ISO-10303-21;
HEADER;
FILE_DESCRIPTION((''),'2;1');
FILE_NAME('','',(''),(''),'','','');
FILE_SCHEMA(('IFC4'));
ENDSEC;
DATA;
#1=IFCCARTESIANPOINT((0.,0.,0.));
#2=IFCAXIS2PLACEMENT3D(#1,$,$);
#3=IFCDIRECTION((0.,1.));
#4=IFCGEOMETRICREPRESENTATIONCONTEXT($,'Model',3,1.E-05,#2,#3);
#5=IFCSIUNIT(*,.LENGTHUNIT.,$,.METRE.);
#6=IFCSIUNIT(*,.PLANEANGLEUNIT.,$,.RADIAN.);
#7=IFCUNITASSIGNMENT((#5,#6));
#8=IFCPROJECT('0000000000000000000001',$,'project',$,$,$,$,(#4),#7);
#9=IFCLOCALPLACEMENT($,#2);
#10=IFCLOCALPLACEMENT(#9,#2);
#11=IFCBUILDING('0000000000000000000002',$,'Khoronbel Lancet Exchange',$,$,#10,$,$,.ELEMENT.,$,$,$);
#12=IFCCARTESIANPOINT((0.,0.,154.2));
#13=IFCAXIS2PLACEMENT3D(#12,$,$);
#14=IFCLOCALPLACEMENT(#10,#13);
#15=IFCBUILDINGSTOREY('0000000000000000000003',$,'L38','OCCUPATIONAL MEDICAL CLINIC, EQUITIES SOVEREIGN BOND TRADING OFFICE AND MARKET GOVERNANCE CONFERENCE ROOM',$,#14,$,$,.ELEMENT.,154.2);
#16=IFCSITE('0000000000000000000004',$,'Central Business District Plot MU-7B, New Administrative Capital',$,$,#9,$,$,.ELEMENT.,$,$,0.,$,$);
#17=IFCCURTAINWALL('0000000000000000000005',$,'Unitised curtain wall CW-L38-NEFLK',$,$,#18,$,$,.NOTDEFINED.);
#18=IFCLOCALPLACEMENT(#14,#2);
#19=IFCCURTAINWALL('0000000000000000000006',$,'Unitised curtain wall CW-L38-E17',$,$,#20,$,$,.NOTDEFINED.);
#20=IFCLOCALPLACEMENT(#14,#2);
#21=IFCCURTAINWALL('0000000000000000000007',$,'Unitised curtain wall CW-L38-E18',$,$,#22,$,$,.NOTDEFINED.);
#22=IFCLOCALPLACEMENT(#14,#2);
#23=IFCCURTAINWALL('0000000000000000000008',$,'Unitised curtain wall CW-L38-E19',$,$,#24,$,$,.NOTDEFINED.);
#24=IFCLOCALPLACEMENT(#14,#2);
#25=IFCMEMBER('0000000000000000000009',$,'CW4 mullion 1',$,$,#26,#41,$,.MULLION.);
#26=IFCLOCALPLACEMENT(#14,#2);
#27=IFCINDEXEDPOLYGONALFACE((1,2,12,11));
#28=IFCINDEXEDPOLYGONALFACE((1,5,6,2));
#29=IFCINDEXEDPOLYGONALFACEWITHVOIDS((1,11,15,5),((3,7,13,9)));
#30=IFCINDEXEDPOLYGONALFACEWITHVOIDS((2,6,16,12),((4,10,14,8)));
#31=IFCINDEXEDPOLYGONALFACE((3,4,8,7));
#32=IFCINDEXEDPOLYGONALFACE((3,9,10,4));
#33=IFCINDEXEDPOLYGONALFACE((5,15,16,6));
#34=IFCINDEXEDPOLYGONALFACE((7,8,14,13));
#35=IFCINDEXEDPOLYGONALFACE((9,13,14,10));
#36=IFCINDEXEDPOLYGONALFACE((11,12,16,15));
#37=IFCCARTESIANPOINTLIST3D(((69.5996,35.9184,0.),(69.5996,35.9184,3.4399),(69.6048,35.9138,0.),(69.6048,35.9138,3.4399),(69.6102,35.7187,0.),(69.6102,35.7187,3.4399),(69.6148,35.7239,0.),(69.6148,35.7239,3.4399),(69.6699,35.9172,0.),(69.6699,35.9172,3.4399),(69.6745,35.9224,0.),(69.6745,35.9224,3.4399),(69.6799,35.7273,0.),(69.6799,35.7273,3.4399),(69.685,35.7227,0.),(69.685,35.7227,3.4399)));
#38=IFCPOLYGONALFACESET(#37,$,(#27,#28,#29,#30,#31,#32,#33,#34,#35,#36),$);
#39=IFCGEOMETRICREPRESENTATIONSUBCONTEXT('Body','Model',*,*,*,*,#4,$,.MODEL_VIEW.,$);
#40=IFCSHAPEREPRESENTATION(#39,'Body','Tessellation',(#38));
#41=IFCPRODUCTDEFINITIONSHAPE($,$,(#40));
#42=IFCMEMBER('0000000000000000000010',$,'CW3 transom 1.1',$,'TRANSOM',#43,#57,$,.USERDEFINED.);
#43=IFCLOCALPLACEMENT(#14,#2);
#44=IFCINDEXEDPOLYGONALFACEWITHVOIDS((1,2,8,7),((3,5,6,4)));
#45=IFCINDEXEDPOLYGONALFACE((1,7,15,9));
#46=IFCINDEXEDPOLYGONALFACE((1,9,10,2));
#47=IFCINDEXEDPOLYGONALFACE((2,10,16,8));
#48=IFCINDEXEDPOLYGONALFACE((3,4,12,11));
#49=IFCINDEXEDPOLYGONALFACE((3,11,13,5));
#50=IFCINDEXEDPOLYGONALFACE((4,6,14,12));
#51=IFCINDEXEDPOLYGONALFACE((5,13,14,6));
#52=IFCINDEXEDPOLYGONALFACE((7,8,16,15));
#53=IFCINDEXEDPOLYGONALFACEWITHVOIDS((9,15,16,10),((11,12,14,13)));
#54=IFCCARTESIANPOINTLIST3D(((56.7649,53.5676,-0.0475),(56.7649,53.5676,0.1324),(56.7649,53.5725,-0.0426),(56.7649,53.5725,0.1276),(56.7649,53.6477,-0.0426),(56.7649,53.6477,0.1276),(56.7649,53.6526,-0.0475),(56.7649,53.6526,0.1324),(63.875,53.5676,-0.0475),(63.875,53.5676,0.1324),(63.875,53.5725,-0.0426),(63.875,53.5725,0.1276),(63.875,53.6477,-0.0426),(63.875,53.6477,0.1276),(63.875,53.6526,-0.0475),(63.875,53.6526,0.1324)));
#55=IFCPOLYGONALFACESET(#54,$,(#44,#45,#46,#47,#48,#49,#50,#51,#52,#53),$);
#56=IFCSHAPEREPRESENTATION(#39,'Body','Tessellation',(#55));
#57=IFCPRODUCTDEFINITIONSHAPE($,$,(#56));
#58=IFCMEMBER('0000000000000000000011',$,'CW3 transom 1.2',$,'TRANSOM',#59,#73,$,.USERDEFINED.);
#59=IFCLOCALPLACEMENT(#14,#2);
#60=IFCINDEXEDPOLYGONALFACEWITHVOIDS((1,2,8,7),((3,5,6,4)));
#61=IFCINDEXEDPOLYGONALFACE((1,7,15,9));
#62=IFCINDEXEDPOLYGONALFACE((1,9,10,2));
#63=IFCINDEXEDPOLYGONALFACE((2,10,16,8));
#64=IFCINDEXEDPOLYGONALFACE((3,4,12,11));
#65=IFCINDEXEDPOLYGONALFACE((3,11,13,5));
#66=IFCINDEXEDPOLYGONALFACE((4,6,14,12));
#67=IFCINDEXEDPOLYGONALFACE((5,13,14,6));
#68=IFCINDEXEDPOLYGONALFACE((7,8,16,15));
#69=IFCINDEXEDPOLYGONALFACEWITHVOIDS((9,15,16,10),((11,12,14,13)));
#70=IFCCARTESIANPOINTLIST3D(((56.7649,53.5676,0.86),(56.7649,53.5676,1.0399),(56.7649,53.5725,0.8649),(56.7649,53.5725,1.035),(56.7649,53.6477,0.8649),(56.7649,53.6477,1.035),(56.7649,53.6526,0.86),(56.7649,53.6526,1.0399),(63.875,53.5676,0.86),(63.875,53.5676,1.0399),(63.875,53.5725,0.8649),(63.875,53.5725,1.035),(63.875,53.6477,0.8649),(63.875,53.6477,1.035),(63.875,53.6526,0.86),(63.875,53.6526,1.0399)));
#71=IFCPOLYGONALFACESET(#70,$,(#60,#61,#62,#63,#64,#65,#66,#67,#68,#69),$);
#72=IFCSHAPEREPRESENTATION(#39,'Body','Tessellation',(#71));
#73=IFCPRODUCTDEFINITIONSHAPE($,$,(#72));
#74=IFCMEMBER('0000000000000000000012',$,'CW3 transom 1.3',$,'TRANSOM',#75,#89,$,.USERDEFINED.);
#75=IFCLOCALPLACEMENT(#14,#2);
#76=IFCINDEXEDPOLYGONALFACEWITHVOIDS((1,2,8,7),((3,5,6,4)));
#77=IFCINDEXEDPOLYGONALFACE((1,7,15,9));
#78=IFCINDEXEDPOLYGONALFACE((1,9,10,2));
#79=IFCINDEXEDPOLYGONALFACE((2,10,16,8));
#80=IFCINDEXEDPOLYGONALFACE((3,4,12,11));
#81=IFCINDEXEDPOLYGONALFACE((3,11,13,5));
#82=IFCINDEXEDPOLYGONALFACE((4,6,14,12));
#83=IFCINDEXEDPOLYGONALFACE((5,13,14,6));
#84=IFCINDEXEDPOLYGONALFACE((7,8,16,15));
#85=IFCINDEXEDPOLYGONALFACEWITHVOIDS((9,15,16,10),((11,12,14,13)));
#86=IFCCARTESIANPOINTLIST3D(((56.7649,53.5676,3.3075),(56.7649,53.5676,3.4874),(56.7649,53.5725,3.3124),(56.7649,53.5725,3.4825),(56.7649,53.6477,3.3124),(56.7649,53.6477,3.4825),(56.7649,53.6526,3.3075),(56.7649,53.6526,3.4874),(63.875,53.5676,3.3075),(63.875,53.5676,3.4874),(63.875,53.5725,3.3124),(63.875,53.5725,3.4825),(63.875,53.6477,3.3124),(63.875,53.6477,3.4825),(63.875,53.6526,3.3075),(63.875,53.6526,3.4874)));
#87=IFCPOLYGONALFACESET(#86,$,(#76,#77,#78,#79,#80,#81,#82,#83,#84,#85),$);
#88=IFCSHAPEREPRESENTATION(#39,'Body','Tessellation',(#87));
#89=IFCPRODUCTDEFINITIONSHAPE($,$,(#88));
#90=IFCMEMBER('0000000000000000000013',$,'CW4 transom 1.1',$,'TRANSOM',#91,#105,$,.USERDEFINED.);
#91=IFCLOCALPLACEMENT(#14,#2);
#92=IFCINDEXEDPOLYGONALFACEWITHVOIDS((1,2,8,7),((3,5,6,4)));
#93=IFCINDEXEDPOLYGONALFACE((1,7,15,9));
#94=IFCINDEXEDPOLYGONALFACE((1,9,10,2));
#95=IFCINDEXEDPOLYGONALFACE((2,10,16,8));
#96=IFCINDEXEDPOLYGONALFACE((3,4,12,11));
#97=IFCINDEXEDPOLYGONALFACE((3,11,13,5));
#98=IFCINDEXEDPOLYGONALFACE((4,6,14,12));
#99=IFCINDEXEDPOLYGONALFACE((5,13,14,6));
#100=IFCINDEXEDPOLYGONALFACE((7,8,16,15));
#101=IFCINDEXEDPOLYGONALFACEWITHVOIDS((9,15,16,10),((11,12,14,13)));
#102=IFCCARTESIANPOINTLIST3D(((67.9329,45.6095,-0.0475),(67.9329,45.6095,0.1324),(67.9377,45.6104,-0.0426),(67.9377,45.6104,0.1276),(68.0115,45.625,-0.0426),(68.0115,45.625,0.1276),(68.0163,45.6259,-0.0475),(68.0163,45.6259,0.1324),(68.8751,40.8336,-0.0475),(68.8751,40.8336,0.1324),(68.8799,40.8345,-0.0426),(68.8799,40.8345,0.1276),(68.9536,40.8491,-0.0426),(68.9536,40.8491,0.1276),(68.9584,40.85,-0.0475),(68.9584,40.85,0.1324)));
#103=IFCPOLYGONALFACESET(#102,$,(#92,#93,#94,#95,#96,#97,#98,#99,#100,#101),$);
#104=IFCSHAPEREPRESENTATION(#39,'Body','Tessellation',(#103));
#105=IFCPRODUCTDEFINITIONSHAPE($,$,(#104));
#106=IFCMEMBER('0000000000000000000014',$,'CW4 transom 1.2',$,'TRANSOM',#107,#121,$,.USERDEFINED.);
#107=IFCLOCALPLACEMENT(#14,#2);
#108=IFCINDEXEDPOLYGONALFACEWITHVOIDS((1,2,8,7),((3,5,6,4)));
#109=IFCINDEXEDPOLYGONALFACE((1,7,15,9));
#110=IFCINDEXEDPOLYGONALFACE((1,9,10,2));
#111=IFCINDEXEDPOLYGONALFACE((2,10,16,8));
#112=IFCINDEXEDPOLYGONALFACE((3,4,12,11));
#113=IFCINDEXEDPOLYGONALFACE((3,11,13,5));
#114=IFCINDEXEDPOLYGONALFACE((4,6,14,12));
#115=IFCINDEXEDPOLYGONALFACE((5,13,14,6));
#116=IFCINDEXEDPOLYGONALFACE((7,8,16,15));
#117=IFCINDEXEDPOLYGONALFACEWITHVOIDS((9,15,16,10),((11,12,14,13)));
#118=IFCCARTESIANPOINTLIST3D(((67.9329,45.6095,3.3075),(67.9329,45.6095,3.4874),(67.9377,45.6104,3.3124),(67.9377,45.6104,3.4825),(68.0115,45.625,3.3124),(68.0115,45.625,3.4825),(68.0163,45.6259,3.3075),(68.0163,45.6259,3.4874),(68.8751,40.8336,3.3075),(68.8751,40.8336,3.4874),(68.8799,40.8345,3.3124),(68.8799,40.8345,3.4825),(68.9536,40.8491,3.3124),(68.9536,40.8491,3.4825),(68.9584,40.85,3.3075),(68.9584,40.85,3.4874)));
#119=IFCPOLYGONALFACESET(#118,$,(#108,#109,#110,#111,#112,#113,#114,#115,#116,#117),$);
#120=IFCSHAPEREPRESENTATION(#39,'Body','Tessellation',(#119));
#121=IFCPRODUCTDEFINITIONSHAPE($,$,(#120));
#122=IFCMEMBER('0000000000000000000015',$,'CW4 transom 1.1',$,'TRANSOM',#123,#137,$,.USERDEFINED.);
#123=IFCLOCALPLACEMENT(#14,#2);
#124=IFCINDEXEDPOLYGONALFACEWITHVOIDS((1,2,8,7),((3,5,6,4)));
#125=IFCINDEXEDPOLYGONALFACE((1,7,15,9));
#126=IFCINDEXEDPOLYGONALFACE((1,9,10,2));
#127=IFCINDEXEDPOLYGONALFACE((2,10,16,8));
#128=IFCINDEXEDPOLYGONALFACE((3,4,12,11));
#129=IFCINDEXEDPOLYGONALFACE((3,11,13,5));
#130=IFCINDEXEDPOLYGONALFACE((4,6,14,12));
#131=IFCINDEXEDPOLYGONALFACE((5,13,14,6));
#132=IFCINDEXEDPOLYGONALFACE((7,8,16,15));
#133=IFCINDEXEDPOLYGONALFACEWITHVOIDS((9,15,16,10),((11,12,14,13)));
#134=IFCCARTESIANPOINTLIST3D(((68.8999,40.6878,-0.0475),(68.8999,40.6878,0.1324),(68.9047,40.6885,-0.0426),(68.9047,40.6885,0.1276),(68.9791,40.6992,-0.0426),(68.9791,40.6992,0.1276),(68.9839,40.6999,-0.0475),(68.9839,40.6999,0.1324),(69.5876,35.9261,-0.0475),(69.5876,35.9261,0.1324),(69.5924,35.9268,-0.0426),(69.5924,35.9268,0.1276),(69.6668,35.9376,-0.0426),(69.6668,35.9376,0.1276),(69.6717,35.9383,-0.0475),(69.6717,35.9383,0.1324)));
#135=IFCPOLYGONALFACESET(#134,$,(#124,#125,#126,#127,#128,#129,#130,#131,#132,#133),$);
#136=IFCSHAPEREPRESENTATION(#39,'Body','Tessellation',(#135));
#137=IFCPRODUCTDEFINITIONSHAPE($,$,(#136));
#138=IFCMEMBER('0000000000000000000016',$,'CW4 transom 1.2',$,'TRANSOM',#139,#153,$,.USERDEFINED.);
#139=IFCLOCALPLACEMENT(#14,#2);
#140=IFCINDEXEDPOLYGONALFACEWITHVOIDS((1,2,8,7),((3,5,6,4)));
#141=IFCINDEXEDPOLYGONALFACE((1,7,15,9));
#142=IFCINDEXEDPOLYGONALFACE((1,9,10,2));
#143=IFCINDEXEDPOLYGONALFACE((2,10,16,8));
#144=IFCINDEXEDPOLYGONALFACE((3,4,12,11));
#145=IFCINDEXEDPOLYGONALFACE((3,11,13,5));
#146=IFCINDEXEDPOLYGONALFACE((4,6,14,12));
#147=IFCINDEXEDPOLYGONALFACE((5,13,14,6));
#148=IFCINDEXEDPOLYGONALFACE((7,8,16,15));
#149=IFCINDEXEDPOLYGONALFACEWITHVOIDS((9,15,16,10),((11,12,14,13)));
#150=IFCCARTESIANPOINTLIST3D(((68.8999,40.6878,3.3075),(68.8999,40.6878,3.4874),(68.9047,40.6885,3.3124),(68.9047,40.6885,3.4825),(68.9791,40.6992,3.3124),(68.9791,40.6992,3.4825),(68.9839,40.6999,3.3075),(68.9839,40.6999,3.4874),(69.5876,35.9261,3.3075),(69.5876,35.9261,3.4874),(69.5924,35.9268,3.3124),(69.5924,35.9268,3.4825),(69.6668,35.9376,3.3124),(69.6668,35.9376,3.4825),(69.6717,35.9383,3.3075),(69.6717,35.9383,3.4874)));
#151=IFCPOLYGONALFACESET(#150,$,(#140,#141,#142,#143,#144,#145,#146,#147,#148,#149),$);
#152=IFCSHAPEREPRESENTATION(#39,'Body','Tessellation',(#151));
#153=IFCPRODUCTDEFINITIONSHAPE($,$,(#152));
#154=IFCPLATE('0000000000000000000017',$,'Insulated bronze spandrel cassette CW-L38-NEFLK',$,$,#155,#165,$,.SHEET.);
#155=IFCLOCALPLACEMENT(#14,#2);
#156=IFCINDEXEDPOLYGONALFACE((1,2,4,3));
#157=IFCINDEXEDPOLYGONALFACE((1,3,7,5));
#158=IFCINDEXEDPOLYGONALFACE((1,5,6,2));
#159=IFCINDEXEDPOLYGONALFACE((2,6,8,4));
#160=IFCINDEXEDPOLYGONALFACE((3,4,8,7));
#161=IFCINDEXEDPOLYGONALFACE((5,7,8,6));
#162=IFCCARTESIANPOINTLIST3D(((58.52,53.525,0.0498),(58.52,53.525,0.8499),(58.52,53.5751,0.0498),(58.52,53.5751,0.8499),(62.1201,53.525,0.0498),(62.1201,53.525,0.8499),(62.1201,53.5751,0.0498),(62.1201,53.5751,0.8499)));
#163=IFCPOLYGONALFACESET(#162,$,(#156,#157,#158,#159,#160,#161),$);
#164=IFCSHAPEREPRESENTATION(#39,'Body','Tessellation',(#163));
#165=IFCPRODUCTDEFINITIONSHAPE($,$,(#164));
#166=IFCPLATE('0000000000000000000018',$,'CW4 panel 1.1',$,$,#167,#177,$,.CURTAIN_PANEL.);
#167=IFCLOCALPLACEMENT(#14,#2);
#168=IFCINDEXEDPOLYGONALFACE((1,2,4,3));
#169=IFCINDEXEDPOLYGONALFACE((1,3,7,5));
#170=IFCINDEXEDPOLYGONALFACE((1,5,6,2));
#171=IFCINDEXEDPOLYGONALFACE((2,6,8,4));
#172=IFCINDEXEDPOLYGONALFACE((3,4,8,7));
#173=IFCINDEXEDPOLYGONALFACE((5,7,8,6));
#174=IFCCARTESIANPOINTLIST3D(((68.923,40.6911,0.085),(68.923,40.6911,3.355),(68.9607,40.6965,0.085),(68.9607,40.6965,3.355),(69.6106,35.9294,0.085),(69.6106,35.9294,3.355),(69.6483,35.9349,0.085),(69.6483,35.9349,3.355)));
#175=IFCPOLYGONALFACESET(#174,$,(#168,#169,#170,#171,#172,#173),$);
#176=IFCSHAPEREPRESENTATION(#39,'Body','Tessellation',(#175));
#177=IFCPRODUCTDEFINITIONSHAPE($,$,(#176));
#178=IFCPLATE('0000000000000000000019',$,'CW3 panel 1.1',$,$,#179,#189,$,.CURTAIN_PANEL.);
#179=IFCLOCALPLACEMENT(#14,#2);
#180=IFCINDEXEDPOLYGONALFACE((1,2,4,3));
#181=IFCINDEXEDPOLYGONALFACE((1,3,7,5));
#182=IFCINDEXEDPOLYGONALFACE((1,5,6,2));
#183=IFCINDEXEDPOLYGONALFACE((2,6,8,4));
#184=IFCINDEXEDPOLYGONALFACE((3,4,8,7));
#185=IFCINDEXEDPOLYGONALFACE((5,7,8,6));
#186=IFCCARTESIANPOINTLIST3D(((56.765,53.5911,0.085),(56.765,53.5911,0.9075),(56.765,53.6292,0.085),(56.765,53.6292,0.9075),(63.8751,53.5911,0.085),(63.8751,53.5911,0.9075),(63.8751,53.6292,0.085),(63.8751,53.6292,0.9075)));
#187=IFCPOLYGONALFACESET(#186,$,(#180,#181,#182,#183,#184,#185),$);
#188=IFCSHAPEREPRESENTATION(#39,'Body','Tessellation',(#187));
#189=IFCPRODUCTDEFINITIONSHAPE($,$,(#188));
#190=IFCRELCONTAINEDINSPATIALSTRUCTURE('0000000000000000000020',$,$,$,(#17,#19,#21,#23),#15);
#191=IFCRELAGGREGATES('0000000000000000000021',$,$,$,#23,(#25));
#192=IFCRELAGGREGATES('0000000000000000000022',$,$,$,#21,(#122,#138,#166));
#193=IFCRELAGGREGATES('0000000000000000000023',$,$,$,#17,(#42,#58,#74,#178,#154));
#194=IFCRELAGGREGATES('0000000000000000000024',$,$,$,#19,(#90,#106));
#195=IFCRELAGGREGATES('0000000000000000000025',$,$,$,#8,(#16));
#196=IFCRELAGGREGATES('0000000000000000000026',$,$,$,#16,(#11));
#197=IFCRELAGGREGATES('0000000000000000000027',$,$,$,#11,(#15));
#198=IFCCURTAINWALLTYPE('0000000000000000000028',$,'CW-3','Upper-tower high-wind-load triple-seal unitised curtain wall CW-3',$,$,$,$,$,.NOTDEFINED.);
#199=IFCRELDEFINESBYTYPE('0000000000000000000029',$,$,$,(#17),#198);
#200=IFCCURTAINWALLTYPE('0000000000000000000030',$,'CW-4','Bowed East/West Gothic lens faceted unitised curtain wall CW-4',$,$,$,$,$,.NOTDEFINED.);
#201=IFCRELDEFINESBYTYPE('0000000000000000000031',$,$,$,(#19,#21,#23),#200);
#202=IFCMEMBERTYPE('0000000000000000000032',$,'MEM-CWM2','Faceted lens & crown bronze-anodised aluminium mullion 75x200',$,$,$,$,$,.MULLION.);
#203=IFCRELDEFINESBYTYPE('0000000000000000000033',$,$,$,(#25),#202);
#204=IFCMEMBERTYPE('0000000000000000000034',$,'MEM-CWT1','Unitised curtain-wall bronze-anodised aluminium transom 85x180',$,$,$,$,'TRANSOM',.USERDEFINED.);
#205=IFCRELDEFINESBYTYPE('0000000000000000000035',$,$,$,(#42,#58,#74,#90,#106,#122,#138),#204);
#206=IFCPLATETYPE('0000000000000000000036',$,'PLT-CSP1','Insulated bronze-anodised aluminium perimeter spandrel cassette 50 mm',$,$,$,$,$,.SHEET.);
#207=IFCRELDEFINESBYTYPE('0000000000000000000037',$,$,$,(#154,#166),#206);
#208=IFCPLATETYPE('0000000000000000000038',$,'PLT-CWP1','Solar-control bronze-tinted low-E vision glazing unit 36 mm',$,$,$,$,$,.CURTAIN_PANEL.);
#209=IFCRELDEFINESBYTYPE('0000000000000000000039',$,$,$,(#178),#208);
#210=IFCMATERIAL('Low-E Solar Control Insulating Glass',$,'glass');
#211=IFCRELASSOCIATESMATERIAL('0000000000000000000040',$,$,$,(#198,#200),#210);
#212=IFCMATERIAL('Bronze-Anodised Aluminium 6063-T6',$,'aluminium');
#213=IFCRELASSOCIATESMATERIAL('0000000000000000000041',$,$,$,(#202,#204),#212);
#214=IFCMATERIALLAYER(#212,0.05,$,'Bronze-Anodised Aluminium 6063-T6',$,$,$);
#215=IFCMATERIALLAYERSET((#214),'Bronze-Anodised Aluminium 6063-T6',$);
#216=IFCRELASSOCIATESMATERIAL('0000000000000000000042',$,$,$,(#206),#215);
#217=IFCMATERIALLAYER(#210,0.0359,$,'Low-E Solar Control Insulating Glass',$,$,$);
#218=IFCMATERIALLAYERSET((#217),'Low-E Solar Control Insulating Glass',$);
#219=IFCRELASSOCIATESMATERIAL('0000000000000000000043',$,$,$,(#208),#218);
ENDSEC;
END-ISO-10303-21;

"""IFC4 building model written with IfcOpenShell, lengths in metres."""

from ifc_helpers import new_model, si_unit, direction, frame, origin, origin_2d, place, context, subcontext, project, spatial, rectangle, hollow_rectangle, extrude, material, layer, layer_set, material_profile, profile_set, type_object, element, aggregate, save


model = new_model("IFC4")

# Units and contexts
model_context = context("Model", 3, precision=1e-05, world=origin(), true_north=direction((0.0, 1.0)))
body_context = subcontext(model_context, "Body", "Model", "MODEL_VIEW")
ifc_project = project(units=[si_unit("LENGTHUNIT", "METRE"), si_unit("PLANEANGLEUNIT", "RADIAN")], contexts=[model_context])

# Site, building, storey
site_placement = place(None, origin())
site = spatial("IfcSite", under=ifc_project, at=site_placement, Name="Central Business District Plot MU-7B, New Administrative Capital", CompositionType="ELEMENT", RefElevation=0.0)
building_placement = place(site_placement, origin())
building = spatial("IfcBuilding", under=site, at=building_placement, Name="Khoronbel Lancet Exchange", CompositionType="ELEMENT")
storey_placement = place(building_placement, frame((0.0, 0.0, 154.2)))
storey = spatial("IfcBuildingStorey", under=building, at=storey_placement, Name="L38", Description="OCCUPATIONAL MEDICAL CLINIC, EQUITIES SOVEREIGN BOND TRADING OFFICE AND MARKET GOVERNANCE CONFERENCE ROOM", CompositionType="ELEMENT", Elevation=154.2)

# Curtain wall
ifc_material_1 = material(Name="Low-E Solar Control Insulating Glass", Category="glass")
curtain_wall_type_1 = type_object("IfcCurtainWallType", Name="CW-3", Description="Upper-tower high-wind-load triple-seal unitised curtain wall CW-3", PredefinedType="NOTDEFINED", material=ifc_material_1)
curtain_wall_1_placement = place(storey_placement, origin())
curtain_wall_1 = element("IfcCurtainWall", 1, at=curtain_wall_1_placement, inside=storey, type_object=curtain_wall_type_1, Name="Unitised curtain wall CW-L38-NEFLK", PredefinedType="NOTDEFINED")
ifc_material_2 = material(Name="Bronze-Anodised Aluminium 6063-T6", Category="aluminium")

# Curtain walls
curtain_wall_type_2 = type_object("IfcCurtainWallType", Name="CW-4", Description="Bowed East/West Gothic lens faceted unitised curtain wall CW-4", PredefinedType="NOTDEFINED", material=ifc_material_1)
curtain_wall_2_placement = place(storey_placement, origin())
curtain_wall_2 = element("IfcCurtainWall", 2, at=curtain_wall_2_placement, inside=storey, type_object=curtain_wall_type_2, Name="Unitised curtain wall CW-L38-E17", PredefinedType="NOTDEFINED")
ifc_material_profile_1 = material_profile(ifc_material_2, hollow_rectangle(XDim=0.075, YDim=0.2, WallThickness=0.0049, at=origin_2d()), Name="ALU MULLION 75x200")
ifc_profile_set_1 = profile_set([ifc_material_profile_1], Name="Bronze-Anodised Aluminium 6063-T6")
member_type_1 = type_object("IfcMemberType", Name="MEM-CWM2", Description="Faceted lens & crown bronze-anodised aluminium mullion 75x200", PredefinedType="MULLION", material=ifc_profile_set_1)
curtain_wall_3_placement = place(storey_placement, origin())
curtain_wall_3 = element("IfcCurtainWall", 3, at=curtain_wall_3_placement, inside=storey, type_object=curtain_wall_type_2, Name="Unitised curtain wall CW-L38-E18", PredefinedType="NOTDEFINED")

# Curtain wall, member
curtain_wall_4_placement = place(storey_placement, origin())
curtain_wall_4 = element("IfcCurtainWall", 4, at=curtain_wall_4_placement, inside=storey, type_object=curtain_wall_type_2, Name="Unitised curtain wall CW-L38-E19", PredefinedType="NOTDEFINED")
member_1_placement = place(storey_placement, frame((69.6423, 35.8206, 0.0), z_axis=(0.0, 0.0, 1.0), x_axis=(0.998605, 0.0528, 0.0)))
member_1 = element("IfcMember", 5, at=member_1_placement, type_object=member_type_1, Name="CW4 mullion 1", PredefinedType="MULLION", context=body_context, shape_type="SweptSolid", body=[
    extrude(hollow_rectangle(XDim=0.075, YDim=0.2, WallThickness=0.0049, at=origin_2d()), origin(), (0.0, 0.0, 1.0), 3.4399),
])
aggregate(curtain_wall_4, [member_1])

# Members
ifc_material_profile_2 = material_profile(ifc_material_2, hollow_rectangle(XDim=0.085, YDim=0.1799, WallThickness=0.0049, at=origin_2d()), Name="ALU TRANSOM 85x180")
ifc_profile_set_2 = profile_set([ifc_material_profile_2], Name="Bronze-Anodised Aluminium 6063-T6")
member_type_2 = type_object("IfcMemberType", Name="MEM-CWT1", Description="Unitised curtain-wall bronze-anodised aluminium transom 85x180", ElementType="TRANSOM", PredefinedType="USERDEFINED", material=ifc_profile_set_2)
member_2_placement = place(storey_placement, frame((63.875, 53.6101, 0.0425), z_axis=(-1.0, 0.0, 0.0), x_axis=(0.0, -1.0, 0.0)))
member_2 = element("IfcMember", 6, at=member_2_placement, type_object=member_type_2, Name="CW3 transom 1.1", ObjectType="TRANSOM", PredefinedType="USERDEFINED", context=body_context, shape_type="SweptSolid", body=[
    extrude(hollow_rectangle(XDim=0.085, YDim=0.1799, WallThickness=0.0049, at=origin_2d()), origin(), (0.0, 0.0, 1.0), 7.1101),
])
member_3_placement = place(storey_placement, frame((63.875, 53.6101, 0.95), z_axis=(-1.0, 0.0, 0.0), x_axis=(0.0, -1.0, 0.0)))
member_3 = element("IfcMember", 7, at=member_3_placement, type_object=member_type_2, Name="CW3 transom 1.2", ObjectType="TRANSOM", PredefinedType="USERDEFINED", context=body_context, shape_type="SweptSolid", body=[
    extrude(hollow_rectangle(XDim=0.085, YDim=0.1799, WallThickness=0.0049, at=origin_2d()), origin(), (0.0, 0.0, 1.0), 7.1101),
])
member_4_placement = place(storey_placement, frame((63.875, 53.6101, 3.3975), z_axis=(-1.0, 0.0, 0.0), x_axis=(0.0, -1.0, 0.0)))
member_4 = element("IfcMember", 8, at=member_4_placement, type_object=member_type_2, Name="CW3 transom 1.3", ObjectType="TRANSOM", PredefinedType="USERDEFINED", context=body_context, shape_type="SweptSolid", body=[
    extrude(hollow_rectangle(XDim=0.085, YDim=0.1799, WallThickness=0.0049, at=origin_2d()), origin(), (0.0, 0.0, 1.0), 7.1101),
])
member_5_placement = place(storey_placement, frame((67.9746, 45.6177, 0.0425), z_axis=(0.19354, -0.981092, 0.0), x_axis=(0.981092, 0.19354, 0.0)))
member_5 = element("IfcMember", 9, at=member_5_placement, type_object=member_type_2, Name="CW4 transom 1.1", ObjectType="TRANSOM", PredefinedType="USERDEFINED", context=body_context, shape_type="SweptSolid", body=[
    extrude(hollow_rectangle(XDim=0.085, YDim=0.1799, WallThickness=0.0049, at=origin_2d()), origin(), (0.0, 0.0, 1.0), 4.8679),
])
member_6_placement = place(storey_placement, frame((67.9746, 45.6177, 3.3975), z_axis=(0.19354, -0.981092, 0.0), x_axis=(0.981092, 0.19354, 0.0)))
member_6 = element("IfcMember", 10, at=member_6_placement, type_object=member_type_2, Name="CW4 transom 1.2", ObjectType="TRANSOM", PredefinedType="USERDEFINED", context=body_context, shape_type="SweptSolid", body=[
    extrude(hollow_rectangle(XDim=0.085, YDim=0.1799, WallThickness=0.0049, at=origin_2d()), origin(), (0.0, 0.0, 1.0), 4.8679),
])
member_7_placement = place(storey_placement, frame((68.9419, 40.6938, 0.0425), z_axis=(0.142949, -0.98973, 0.0), x_axis=(0.98973, 0.142949, 0.0)))
member_7 = element("IfcMember", 11, at=member_7_placement, type_object=member_type_2, Name="CW4 transom 1.1", ObjectType="TRANSOM", PredefinedType="USERDEFINED", context=body_context, shape_type="SweptSolid", body=[
    extrude(hollow_rectangle(XDim=0.085, YDim=0.1799, WallThickness=0.0049, at=origin_2d()), origin(), (0.0, 0.0, 1.0), 4.811),
])
member_8_placement = place(storey_placement, frame((68.9419, 40.6938, 3.3975), z_axis=(0.142949, -0.98973, 0.0), x_axis=(0.98973, 0.142949, 0.0)))
member_8 = element("IfcMember", 12, at=member_8_placement, type_object=member_type_2, Name="CW4 transom 1.2", ObjectType="TRANSOM", PredefinedType="USERDEFINED", context=body_context, shape_type="SweptSolid", body=[
    extrude(hollow_rectangle(XDim=0.085, YDim=0.1799, WallThickness=0.0049, at=origin_2d()), origin(), (0.0, 0.0, 1.0), 4.811),
])

# Plates
ifc_layer_1 = layer(ifc_material_2, 0.05, Name="Bronze-Anodised Aluminium 6063-T6")
ifc_layer_set_1 = layer_set([ifc_layer_1], Name="Bronze-Anodised Aluminium 6063-T6")
plate_type_1 = type_object("IfcPlateType", Name="PLT-CSP1", Description="Insulated bronze-anodised aluminium perimeter spandrel cassette 50 mm", PredefinedType="SHEET", material=ifc_layer_set_1)
plate_1_placement = place(storey_placement, frame((60.3201, 53.55, 0.0498), z_axis=(0.0, 0.0, 1.0), x_axis=(-1.0, 0.0, 0.0)))
plate_1 = element("IfcPlate", 13, at=plate_1_placement, type_object=plate_type_1, Name="Insulated bronze spandrel cassette CW-L38-NEFLK", PredefinedType="SHEET", context=body_context, shape_type="SweptSolid", body=[
    extrude(rectangle(XDim=3.6001, YDim=0.05, at=origin_2d()), origin(), (0.0, 0.0, 1.0), 0.8),
])
plate_2_placement = place(storey_placement, frame((69.2856, 38.313, 0.085), z_axis=(0.0, 0.0, 1.0), x_axis=(0.142931, -0.989733, 0.0)))
plate_2 = element("IfcPlate", 14, at=plate_2_placement, type_object=plate_type_1, Name="CW4 panel 1.1", PredefinedType="CURTAIN_PANEL", context=body_context, shape_type="SweptSolid", body=[
    extrude(rectangle(XDim=4.811, YDim=0.0381, at=origin_2d()), origin(), (0.0, 0.0, 1.0), 3.27),
])
aggregate(curtain_wall_3, [member_7, member_8, plate_2])
ifc_layer_2 = layer(ifc_material_1, 0.0359, Name="Low-E Solar Control Insulating Glass")
ifc_layer_set_2 = layer_set([ifc_layer_2], Name="Low-E Solar Control Insulating Glass")
plate_type_2 = type_object("IfcPlateType", Name="PLT-CWP1", Description="Solar-control bronze-tinted low-E vision glazing unit 36 mm", PredefinedType="CURTAIN_PANEL", material=ifc_layer_set_2)
plate_3_placement = place(storey_placement, frame((60.3201, 53.6101, 0.085), z_axis=(0.0, 0.0, 1.0), x_axis=(-1.0, 0.0, 0.0)))
plate_3 = element("IfcPlate", 15, at=plate_3_placement, type_object=plate_type_2, Name="CW3 panel 1.1", PredefinedType="CURTAIN_PANEL", context=body_context, shape_type="SweptSolid", body=[
    extrude(rectangle(XDim=7.1101, YDim=0.0381, at=origin_2d()), origin(), (0.0, 0.0, 1.0), 0.8225),
])
aggregate(curtain_wall_1, [member_2, member_3, member_4, plate_3, plate_1])
aggregate(curtain_wall_2, [member_5, member_6])

save(model, "model.ifc")
